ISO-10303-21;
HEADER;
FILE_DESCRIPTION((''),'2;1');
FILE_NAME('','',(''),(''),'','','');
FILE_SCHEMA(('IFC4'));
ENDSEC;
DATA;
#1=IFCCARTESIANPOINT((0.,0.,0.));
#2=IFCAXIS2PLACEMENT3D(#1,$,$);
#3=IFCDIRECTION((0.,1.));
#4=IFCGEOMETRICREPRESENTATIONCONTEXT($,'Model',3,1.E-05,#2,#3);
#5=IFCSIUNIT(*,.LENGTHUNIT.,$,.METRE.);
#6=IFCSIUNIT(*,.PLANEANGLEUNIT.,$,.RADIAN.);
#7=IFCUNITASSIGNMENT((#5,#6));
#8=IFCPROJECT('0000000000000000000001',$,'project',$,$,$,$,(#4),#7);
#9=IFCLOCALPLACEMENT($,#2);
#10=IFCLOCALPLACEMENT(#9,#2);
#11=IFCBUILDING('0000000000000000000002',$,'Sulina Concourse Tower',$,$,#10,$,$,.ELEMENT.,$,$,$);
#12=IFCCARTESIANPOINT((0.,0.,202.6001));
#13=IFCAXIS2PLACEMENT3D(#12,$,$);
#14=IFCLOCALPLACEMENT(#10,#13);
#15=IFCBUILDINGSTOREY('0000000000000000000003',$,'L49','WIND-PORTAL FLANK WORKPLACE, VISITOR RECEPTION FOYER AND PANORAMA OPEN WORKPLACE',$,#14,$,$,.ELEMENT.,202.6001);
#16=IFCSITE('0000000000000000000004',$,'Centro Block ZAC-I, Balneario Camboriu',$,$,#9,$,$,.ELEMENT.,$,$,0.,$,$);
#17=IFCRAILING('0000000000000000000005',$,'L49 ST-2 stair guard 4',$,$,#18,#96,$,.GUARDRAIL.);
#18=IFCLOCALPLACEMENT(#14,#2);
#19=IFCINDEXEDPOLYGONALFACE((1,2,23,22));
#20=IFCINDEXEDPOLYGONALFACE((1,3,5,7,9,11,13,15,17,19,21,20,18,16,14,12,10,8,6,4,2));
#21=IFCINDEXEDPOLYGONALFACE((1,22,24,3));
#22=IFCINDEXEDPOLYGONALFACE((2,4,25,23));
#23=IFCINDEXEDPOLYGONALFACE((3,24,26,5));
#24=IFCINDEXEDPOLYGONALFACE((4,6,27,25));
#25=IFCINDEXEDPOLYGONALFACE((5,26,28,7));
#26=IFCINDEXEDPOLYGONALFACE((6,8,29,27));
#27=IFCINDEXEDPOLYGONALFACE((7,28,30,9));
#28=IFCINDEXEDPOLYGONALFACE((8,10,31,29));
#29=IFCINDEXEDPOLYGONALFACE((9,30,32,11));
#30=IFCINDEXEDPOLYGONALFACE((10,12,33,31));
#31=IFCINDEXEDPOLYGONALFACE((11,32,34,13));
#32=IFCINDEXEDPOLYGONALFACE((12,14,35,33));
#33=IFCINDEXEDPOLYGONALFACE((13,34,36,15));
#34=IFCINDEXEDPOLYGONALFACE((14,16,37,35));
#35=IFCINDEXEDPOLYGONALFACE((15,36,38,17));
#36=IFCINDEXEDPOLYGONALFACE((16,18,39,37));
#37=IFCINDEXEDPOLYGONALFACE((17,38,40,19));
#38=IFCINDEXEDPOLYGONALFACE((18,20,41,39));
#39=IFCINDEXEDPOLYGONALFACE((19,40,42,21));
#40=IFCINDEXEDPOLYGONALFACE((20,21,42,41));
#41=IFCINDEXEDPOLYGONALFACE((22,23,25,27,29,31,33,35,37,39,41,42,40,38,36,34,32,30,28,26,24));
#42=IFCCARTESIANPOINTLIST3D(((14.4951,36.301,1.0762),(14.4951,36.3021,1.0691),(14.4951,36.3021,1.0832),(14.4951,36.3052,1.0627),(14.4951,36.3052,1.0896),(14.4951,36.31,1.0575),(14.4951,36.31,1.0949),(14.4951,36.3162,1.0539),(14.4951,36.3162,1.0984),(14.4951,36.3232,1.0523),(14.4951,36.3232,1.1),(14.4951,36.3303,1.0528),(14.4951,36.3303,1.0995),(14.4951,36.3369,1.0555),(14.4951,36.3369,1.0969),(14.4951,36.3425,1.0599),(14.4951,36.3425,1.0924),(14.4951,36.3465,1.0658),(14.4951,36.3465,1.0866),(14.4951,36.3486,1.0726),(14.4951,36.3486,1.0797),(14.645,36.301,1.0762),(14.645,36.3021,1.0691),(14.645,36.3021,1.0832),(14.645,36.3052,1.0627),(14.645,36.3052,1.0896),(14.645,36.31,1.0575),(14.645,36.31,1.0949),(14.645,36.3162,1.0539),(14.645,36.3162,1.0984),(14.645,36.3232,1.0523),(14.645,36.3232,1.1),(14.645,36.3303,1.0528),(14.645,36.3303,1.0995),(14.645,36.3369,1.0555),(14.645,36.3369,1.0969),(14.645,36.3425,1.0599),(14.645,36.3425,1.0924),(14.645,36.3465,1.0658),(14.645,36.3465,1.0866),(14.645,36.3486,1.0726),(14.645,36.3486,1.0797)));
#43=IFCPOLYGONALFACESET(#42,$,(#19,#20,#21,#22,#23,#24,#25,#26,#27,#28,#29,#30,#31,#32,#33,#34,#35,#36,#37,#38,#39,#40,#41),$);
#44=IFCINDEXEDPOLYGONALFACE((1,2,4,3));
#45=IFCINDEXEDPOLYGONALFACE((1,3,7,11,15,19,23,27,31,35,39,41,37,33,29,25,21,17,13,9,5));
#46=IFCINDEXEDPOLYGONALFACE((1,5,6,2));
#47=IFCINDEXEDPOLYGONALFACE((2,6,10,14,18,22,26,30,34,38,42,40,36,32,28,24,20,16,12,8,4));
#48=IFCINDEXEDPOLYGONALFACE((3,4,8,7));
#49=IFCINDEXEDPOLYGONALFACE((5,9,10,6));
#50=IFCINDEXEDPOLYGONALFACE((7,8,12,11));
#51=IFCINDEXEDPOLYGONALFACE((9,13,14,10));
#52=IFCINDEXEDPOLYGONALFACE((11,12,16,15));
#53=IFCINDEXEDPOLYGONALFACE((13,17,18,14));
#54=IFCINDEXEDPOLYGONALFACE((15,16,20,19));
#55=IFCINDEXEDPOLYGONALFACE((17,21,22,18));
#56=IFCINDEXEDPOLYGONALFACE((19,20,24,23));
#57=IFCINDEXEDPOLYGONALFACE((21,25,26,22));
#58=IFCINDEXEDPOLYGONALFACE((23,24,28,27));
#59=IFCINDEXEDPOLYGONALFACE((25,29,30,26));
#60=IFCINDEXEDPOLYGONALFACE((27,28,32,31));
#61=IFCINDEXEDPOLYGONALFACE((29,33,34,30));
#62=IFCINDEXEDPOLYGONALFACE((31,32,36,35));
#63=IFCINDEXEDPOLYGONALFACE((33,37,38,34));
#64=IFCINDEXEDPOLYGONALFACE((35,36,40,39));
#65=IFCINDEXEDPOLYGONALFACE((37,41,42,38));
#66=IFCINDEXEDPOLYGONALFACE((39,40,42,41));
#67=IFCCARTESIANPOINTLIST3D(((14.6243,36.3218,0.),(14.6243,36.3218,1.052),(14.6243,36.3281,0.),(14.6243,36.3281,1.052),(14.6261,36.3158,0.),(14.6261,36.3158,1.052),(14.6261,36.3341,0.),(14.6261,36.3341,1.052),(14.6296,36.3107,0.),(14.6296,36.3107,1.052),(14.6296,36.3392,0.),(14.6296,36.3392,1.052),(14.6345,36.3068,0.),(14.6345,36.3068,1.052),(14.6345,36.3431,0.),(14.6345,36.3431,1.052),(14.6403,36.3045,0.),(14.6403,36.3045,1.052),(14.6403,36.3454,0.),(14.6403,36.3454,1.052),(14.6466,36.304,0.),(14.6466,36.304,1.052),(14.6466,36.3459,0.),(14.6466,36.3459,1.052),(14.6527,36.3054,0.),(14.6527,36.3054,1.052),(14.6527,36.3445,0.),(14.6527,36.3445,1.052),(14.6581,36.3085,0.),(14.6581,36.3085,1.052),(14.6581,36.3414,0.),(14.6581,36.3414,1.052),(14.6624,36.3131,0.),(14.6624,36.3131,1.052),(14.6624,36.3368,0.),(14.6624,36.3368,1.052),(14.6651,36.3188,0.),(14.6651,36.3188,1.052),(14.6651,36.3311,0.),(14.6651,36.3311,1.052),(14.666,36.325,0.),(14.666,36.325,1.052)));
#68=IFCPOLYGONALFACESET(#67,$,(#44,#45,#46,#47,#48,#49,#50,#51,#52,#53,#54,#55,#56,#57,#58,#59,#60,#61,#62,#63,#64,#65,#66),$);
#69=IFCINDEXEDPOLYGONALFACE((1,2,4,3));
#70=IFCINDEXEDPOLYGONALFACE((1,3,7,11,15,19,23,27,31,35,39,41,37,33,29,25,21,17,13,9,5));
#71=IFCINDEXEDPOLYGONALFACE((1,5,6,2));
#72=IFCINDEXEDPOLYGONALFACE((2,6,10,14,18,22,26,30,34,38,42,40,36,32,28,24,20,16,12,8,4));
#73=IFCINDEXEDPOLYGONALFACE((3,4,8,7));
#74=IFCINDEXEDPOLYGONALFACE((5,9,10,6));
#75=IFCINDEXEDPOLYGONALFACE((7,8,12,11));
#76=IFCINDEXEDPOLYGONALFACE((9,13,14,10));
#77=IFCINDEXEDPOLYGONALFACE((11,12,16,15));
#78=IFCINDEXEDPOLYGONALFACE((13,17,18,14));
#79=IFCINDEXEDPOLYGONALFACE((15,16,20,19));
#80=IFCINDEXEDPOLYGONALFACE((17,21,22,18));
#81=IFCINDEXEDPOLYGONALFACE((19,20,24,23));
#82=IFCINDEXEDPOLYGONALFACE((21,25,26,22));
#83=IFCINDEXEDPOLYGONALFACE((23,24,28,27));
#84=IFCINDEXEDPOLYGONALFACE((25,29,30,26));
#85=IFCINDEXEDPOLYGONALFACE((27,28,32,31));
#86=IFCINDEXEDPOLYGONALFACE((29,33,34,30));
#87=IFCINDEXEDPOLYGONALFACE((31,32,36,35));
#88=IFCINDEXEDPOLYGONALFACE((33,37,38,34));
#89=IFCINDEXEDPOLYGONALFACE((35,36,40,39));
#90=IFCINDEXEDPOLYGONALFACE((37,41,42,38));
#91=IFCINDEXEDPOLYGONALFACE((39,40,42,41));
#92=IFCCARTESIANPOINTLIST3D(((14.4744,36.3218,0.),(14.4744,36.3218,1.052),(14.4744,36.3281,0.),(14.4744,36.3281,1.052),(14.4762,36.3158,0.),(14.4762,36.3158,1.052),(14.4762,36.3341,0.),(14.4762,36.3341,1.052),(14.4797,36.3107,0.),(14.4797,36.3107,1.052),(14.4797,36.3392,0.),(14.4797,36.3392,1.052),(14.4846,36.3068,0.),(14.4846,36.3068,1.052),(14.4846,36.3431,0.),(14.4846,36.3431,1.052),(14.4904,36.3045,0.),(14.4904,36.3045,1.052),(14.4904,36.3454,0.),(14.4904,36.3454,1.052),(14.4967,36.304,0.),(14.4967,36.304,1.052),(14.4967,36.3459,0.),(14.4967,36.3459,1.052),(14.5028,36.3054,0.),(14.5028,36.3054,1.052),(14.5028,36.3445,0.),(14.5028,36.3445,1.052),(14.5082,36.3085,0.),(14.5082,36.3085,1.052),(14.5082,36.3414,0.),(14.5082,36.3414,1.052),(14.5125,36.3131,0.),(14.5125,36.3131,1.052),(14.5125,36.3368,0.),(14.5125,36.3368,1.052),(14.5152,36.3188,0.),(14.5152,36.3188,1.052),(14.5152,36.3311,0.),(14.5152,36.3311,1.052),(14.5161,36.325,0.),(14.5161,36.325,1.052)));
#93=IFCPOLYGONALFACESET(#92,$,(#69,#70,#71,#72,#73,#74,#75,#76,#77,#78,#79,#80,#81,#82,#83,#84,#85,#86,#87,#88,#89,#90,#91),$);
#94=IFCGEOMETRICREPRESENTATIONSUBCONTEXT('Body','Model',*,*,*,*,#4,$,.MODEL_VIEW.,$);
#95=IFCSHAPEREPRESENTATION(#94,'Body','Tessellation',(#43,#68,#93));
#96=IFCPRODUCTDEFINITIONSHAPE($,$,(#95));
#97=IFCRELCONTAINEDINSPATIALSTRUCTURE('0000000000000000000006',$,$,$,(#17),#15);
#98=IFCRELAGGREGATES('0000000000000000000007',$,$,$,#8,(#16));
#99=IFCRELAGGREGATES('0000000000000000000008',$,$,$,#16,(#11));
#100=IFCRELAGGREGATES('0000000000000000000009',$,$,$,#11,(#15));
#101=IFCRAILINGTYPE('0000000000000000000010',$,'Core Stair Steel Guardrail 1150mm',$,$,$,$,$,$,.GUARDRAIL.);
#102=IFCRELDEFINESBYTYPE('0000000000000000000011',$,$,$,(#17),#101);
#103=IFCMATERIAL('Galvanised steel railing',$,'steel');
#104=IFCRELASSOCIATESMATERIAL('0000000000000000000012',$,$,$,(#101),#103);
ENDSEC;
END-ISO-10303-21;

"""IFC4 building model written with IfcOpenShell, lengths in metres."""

from ifc_helpers import new_model, si_unit, direction, frame, origin, origin_2d, place, context, subcontext, project, spatial, circle, extrude, material, type_object, element, save


model = new_model("IFC4")

# Units and contexts
model_context = context("Model", 3, precision=1e-05, world=origin(), true_north=direction((0.0, 1.0)))
body_context = subcontext(model_context, "Body", "Model", "MODEL_VIEW")
ifc_project = project(units=[si_unit("LENGTHUNIT", "METRE"), si_unit("PLANEANGLEUNIT", "RADIAN")], contexts=[model_context])

# Site, building, storey
site_placement = place(None, origin())
site = spatial("IfcSite", under=ifc_project, at=site_placement, Name="Centro Block ZAC-I, Balneario Camboriu", CompositionType="ELEMENT", RefElevation=0.0)
building_placement = place(site_placement, origin())
building = spatial("IfcBuilding", under=site, at=building_placement, Name="Sulina Concourse Tower", CompositionType="ELEMENT")
storey_placement = place(building_placement, frame((0.0, 0.0, 202.6001)))
storey = spatial("IfcBuildingStorey", under=building, at=storey_placement, Name="L49", Description="WIND-PORTAL FLANK WORKPLACE, VISITOR RECEPTION FOYER AND PANORAMA OPEN WORKPLACE", CompositionType="ELEMENT", Elevation=202.6001)

# Railing
ifc_material_1 = material(Name="Galvanised steel railing", Category="steel")
railing_type_1 = type_object("IfcRailingType", Name="Core Stair Steel Guardrail 1150mm", PredefinedType="GUARDRAIL", material=ifc_material_1)
railing_1_placement = place(storey_placement, frame((14.645, 36.325, 0.0)))
element("IfcRailing", 1, at=railing_1_placement, inside=storey, type_object=railing_type_1, Name="L49 ST-2 stair guard 4", PredefinedType="GUARDRAIL", context=body_context, shape_type="SweptSolid", body=[
    extrude(circle(Radius=0.0239, at=origin_2d()), frame((0.0, 0.0, 1.0762), z_axis=(-1.0, 0.0, 0.0), x_axis=(0.0, -1.0, 0.0)), (0.0, 0.0, 1.0), 0.1499),
    extrude(circle(Radius=0.021, at=origin_2d()), origin(), (0.0, 0.0, 1.0), 1.052),
    extrude(circle(Radius=0.021, at=origin_2d()), frame((-0.1499, 0.0, 0.0)), (0.0, 0.0, 1.0), 1.052),
])

save(model, "model.ifc")
